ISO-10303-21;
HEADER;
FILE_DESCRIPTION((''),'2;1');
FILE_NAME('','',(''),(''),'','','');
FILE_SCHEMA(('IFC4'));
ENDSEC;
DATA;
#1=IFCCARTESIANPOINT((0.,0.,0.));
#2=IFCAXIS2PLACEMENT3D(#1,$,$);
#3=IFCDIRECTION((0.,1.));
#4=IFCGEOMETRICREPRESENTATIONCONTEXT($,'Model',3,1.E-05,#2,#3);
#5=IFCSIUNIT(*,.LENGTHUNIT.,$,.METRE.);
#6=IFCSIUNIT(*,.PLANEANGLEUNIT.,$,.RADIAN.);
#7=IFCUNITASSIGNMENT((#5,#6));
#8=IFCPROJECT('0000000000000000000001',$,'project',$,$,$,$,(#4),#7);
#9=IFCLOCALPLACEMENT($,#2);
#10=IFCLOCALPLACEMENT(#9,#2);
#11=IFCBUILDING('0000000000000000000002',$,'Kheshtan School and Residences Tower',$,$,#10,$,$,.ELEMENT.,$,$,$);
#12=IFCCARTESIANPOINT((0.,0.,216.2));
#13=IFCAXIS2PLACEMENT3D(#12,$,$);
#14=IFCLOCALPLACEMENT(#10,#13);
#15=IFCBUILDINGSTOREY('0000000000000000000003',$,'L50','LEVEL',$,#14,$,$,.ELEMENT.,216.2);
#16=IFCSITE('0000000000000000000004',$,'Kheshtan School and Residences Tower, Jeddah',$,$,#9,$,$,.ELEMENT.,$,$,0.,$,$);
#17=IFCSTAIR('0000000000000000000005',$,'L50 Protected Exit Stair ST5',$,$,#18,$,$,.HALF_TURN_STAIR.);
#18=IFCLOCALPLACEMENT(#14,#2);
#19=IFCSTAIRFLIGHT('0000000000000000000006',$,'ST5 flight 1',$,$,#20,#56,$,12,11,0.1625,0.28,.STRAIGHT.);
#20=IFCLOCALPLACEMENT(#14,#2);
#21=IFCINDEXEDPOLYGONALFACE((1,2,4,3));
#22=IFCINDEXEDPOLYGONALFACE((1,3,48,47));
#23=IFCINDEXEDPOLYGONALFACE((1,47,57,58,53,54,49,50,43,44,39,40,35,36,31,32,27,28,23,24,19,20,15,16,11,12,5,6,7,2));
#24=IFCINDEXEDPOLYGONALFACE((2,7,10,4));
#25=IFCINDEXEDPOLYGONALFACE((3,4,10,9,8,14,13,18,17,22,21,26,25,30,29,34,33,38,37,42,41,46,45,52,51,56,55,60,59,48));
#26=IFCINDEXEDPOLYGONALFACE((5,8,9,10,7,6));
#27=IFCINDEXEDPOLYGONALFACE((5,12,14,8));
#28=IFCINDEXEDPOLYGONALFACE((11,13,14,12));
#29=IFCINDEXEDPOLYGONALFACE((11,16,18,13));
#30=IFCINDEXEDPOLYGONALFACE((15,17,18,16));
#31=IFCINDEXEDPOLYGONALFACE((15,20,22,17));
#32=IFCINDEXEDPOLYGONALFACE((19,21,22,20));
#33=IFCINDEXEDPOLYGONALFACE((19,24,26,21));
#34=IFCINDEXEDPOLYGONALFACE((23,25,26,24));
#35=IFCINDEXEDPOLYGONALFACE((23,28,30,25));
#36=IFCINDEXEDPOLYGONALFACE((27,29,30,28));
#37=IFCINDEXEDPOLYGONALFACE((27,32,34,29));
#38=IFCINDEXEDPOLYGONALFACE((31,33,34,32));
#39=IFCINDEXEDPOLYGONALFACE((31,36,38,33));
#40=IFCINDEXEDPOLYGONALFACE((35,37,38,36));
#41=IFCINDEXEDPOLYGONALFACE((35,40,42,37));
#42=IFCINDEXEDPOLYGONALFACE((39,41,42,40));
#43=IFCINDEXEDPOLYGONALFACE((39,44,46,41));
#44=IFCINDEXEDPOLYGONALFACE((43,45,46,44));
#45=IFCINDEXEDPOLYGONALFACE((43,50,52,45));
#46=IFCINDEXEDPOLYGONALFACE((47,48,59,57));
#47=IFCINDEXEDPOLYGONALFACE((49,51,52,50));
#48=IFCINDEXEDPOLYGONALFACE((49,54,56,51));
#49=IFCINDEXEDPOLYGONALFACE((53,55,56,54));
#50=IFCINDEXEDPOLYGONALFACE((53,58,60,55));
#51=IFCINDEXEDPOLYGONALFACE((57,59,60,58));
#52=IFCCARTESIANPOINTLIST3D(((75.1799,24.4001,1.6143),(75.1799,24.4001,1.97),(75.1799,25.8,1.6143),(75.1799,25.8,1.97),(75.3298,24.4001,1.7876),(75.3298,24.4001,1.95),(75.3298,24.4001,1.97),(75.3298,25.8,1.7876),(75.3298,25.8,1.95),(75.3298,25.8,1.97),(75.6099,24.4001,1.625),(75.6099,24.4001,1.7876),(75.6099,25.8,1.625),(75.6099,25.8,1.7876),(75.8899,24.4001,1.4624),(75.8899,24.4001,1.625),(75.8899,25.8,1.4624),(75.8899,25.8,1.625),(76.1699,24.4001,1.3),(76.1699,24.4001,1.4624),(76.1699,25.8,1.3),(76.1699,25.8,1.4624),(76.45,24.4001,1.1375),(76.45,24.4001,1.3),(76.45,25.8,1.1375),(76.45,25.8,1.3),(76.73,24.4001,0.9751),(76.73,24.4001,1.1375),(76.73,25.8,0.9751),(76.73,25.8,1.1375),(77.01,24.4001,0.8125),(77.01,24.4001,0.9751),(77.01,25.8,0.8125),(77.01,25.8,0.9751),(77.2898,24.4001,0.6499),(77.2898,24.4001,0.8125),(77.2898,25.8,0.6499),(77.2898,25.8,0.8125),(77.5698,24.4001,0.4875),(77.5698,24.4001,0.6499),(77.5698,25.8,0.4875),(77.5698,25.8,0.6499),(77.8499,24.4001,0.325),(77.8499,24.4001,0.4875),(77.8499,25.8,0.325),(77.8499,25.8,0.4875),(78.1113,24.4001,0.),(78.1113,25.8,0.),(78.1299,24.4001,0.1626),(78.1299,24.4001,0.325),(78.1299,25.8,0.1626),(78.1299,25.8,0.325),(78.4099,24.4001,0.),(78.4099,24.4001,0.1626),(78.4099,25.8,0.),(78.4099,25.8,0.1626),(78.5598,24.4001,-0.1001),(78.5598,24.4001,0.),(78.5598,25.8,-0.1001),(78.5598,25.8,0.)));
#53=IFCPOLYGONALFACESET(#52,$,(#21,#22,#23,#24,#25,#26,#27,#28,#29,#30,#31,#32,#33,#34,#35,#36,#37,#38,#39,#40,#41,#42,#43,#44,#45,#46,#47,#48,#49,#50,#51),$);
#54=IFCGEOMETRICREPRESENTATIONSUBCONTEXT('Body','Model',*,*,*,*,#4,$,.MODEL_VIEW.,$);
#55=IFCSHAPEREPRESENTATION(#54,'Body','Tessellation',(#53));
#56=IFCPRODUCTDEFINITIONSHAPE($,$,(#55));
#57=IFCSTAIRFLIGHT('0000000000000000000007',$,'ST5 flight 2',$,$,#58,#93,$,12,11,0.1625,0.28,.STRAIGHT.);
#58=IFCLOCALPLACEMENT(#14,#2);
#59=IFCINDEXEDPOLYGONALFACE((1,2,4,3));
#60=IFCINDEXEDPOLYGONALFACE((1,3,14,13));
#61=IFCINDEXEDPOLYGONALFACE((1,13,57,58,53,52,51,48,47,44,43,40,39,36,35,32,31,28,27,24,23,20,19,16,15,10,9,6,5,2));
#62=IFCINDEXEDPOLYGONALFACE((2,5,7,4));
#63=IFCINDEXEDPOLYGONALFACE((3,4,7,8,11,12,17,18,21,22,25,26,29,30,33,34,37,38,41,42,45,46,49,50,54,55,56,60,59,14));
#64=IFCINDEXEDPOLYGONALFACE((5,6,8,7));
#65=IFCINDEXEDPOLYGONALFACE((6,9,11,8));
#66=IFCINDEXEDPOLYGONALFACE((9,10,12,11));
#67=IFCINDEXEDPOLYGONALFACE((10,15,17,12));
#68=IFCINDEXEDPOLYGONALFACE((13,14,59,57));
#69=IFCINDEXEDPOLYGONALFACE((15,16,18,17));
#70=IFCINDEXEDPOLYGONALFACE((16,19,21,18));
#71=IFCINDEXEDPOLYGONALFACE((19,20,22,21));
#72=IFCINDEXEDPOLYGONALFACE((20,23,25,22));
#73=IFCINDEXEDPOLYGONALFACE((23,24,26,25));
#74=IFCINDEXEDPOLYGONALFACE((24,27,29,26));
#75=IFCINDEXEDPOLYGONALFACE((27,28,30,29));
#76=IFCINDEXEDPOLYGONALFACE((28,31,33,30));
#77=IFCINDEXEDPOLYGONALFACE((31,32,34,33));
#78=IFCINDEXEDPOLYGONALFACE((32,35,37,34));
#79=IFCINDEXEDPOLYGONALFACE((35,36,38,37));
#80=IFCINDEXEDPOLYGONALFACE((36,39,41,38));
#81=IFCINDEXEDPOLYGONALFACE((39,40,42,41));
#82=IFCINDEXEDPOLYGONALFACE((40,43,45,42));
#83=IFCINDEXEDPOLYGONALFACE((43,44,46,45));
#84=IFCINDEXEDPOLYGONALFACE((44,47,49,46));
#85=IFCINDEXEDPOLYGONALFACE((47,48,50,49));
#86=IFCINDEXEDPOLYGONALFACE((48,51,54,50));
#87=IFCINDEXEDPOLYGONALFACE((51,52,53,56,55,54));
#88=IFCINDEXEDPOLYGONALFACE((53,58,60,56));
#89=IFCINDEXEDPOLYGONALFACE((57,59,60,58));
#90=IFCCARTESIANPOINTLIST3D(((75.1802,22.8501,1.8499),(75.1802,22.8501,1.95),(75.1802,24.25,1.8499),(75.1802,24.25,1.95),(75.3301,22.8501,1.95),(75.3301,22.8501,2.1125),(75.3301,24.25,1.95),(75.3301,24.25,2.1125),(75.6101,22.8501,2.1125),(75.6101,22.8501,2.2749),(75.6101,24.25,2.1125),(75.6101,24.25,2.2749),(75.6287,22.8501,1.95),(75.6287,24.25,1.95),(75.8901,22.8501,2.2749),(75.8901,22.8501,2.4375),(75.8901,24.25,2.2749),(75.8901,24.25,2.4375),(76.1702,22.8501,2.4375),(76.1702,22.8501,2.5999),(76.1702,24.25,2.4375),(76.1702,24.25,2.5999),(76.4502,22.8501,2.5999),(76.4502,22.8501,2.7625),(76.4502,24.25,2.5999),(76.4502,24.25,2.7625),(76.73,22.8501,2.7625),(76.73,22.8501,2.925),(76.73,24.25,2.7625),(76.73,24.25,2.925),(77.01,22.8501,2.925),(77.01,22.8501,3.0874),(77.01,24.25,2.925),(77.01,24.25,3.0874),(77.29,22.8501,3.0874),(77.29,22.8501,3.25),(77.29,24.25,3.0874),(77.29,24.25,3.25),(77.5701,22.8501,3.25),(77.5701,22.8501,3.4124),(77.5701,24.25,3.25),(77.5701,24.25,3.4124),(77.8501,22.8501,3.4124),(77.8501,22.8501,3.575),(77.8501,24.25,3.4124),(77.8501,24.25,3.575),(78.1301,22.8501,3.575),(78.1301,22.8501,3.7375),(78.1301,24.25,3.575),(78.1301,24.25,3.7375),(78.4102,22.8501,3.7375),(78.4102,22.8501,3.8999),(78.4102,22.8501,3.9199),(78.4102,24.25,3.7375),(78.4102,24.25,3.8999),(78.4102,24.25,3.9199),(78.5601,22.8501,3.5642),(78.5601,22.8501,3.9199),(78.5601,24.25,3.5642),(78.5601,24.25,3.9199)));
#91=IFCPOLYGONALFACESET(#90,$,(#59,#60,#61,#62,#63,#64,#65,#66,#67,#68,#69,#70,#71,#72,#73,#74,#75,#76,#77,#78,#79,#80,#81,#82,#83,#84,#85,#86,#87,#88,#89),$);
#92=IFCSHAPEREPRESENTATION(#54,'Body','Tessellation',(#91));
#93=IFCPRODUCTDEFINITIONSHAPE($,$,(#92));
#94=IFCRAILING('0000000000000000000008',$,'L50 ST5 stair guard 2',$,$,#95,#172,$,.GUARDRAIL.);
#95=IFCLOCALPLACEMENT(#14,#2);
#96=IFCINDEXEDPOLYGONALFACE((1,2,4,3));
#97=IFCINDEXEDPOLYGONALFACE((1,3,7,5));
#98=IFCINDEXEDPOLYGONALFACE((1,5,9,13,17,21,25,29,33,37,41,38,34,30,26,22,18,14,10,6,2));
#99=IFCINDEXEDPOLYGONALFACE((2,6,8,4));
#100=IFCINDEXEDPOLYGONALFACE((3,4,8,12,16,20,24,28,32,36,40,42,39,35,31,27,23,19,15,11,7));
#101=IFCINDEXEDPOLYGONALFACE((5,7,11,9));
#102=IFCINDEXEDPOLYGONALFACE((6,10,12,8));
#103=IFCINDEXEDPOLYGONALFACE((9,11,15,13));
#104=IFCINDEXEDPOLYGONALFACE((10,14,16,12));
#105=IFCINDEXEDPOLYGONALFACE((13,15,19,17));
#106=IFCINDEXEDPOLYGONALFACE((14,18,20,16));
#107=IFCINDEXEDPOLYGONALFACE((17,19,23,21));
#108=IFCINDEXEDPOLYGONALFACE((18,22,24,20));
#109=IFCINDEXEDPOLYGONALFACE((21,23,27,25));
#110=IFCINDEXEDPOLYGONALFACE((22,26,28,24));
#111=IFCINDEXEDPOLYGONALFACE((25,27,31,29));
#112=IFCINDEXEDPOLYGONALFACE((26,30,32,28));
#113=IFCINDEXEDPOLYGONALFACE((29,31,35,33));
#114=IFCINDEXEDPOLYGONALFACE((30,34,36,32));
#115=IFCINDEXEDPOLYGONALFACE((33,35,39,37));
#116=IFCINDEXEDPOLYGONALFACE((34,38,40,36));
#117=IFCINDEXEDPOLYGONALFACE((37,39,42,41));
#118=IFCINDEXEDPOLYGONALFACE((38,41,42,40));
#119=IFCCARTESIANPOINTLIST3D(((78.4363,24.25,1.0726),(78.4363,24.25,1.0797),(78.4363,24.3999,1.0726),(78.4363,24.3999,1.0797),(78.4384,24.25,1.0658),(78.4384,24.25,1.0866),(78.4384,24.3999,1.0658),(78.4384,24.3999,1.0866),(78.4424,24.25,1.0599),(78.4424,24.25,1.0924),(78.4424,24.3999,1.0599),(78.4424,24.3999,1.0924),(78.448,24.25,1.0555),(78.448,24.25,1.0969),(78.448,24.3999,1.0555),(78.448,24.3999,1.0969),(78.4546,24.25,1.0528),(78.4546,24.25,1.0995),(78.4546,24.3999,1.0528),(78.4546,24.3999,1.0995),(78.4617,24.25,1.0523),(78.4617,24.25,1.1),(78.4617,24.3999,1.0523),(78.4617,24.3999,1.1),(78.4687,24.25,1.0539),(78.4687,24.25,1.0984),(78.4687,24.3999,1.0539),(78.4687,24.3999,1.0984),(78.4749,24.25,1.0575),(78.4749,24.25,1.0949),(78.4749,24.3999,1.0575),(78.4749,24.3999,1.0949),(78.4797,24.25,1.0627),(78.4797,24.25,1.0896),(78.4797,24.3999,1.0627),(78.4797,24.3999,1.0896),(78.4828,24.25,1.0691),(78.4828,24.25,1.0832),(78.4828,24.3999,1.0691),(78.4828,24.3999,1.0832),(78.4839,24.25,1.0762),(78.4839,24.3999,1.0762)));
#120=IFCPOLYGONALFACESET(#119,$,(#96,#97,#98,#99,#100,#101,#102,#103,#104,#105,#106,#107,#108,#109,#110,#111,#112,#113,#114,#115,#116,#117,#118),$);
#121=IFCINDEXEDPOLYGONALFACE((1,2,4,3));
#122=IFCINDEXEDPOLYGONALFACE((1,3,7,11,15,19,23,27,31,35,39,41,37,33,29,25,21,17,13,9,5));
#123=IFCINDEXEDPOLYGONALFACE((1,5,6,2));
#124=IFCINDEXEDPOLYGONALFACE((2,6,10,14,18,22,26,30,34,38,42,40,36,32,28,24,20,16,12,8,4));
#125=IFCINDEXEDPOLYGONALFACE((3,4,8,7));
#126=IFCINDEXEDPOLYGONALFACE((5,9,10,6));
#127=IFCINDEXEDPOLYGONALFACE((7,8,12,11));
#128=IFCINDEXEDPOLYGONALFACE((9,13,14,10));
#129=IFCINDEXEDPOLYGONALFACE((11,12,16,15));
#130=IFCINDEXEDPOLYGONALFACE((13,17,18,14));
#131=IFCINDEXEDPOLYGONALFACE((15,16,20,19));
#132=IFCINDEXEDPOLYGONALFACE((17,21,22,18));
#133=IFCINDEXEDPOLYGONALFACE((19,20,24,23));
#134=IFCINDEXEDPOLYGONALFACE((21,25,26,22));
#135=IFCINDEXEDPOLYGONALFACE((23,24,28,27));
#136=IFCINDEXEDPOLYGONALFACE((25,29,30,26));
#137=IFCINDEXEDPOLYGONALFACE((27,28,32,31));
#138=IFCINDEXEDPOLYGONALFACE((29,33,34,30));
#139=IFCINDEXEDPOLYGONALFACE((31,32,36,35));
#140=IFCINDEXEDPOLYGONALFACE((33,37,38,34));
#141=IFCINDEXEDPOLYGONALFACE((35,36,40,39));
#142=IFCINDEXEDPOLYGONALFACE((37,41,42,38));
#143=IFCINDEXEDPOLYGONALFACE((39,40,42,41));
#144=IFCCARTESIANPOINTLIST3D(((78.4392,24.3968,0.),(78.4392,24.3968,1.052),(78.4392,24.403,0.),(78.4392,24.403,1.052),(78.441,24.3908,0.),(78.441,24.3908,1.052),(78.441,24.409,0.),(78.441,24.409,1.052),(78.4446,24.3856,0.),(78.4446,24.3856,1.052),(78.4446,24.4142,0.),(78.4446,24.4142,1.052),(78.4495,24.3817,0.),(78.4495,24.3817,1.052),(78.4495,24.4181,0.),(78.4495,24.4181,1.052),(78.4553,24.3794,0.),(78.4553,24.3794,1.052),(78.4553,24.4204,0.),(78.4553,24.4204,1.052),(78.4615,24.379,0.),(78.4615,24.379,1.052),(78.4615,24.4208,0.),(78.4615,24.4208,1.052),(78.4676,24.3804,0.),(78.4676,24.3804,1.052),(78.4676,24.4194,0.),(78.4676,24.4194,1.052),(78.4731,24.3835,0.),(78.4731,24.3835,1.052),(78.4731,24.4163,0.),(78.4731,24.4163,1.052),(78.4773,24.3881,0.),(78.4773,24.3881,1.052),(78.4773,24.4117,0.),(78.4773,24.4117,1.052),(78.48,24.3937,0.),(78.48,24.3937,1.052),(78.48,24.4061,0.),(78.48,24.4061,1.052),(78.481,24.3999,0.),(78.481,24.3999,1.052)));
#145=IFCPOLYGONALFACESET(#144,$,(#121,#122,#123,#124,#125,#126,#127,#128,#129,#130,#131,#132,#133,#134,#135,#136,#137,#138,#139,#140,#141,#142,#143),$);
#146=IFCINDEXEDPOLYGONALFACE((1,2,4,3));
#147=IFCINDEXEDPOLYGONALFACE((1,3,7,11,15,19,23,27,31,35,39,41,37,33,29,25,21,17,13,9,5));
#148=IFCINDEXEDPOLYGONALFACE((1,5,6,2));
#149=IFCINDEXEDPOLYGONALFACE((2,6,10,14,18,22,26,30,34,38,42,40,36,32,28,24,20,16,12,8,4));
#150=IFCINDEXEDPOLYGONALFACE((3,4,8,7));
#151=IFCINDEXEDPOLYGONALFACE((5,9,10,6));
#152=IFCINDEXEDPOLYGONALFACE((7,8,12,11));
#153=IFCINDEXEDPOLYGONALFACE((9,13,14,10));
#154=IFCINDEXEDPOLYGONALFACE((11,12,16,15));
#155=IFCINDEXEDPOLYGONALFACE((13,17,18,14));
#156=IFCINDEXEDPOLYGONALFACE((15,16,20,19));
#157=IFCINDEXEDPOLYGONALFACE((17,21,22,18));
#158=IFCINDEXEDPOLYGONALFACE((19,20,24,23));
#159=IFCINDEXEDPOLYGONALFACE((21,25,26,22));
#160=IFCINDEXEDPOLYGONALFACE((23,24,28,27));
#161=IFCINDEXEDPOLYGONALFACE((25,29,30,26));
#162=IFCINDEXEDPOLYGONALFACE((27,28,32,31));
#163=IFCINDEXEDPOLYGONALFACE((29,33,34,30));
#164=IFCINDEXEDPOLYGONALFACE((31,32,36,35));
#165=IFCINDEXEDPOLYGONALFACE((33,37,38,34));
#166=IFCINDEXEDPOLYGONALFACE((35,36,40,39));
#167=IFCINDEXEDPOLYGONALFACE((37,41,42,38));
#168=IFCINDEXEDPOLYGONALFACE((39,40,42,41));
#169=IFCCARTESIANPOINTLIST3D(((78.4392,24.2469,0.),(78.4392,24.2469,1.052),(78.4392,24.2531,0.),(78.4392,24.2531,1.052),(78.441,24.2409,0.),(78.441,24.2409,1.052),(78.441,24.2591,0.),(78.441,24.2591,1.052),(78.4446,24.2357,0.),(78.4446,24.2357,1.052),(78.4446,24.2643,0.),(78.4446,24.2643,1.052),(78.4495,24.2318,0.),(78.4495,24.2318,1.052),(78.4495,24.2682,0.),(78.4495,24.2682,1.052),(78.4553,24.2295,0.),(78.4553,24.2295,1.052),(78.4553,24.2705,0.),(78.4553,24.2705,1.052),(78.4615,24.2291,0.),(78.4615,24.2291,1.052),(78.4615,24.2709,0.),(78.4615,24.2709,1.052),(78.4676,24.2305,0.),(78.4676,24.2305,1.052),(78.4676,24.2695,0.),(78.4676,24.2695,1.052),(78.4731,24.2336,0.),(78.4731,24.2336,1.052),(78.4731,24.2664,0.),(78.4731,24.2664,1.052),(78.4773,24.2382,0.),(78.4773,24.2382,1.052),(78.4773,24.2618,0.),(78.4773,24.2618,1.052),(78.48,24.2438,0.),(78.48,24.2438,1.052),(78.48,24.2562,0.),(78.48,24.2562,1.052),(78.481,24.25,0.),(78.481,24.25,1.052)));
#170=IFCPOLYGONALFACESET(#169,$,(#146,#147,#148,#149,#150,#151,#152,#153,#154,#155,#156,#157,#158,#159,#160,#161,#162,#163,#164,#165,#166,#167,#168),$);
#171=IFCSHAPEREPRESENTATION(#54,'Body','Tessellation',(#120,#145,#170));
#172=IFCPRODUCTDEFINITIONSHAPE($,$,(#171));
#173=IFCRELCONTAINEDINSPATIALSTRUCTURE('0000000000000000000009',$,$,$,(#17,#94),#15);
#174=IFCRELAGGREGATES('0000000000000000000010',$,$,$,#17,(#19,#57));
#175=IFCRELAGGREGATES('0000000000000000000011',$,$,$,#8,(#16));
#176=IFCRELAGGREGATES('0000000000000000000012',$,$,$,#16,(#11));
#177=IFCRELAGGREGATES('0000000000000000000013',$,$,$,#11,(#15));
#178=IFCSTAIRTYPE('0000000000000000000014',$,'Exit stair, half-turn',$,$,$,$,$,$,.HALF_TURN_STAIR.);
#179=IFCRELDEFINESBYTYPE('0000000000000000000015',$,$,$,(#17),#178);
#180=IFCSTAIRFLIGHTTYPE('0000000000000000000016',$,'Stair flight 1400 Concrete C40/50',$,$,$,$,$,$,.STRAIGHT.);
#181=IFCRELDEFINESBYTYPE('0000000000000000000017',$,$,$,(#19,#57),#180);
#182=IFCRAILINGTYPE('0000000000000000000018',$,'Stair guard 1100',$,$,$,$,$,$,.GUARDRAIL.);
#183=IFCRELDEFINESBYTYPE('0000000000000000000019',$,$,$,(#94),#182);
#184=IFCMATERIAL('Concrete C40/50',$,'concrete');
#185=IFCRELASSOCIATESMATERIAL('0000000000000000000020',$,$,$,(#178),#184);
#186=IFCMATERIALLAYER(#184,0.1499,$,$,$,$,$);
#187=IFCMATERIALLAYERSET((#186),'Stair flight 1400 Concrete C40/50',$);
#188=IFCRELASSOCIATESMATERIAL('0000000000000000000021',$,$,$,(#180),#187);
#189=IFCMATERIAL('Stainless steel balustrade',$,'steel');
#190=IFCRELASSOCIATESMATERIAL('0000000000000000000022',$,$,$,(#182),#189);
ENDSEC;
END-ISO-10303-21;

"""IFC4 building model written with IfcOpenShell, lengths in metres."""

from ifc_helpers import new_model, si_unit, direction, frame, origin, origin_2d, place, context, subcontext, project, spatial, polyline, circle, outline, extrude, material, layer, layer_set, type_object, element, aggregate, save


model = new_model("IFC4")

# Units and contexts
model_context = context("Model", 3, precision=1e-05, world=origin(), true_north=direction((0.0, 1.0)))
body_context = subcontext(model_context, "Body", "Model", "MODEL_VIEW")
ifc_project = project(units=[si_unit("LENGTHUNIT", "METRE"), si_unit("PLANEANGLEUNIT", "RADIAN")], contexts=[model_context])

# Site, building, storey
site_placement = place(None, origin())
site = spatial("IfcSite", under=ifc_project, at=site_placement, Name="Kheshtan School and Residences Tower, Jeddah", CompositionType="ELEMENT", RefElevation=0.0)
building_placement = place(site_placement, origin())
building = spatial("IfcBuilding", under=site, at=building_placement, Name="Kheshtan School and Residences Tower", CompositionType="ELEMENT")
storey_placement = place(building_placement, frame((0.0, 0.0, 216.2)))
storey = spatial("IfcBuildingStorey", under=building, at=storey_placement, Name="L50", Description="LEVEL", CompositionType="ELEMENT", Elevation=216.2)

# Shared definitions
ifc_material_1 = material(Name="Concrete C40/50", Category="concrete")

# Stair, stair flights
stair_type = type_object("IfcStairType", Name="Exit stair, half-turn", PredefinedType="HALF_TURN_STAIR", material=ifc_material_1)
stair_placement = place(storey_placement, origin())
stair = element("IfcStair", 1, at=stair_placement, inside=storey, type_object=stair_type, Name="L50 Protected Exit Stair ST5", PredefinedType="HALF_TURN_STAIR")
ifc_layer_1 = layer(ifc_material_1, 0.1499)
ifc_layer_set_1 = layer_set([ifc_layer_1], Name="Stair flight 1400 Concrete C40/50")
stair_flight_type = type_object("IfcStairFlightType", Name="Stair flight 1400 Concrete C40/50", PredefinedType="STRAIGHT", material=ifc_layer_set_1)
stair_flight_1_placement = place(storey_placement, frame((78.4099, 25.1001, 0.0), z_axis=(0.0, 0.0, 1.0), x_axis=(-1.0, 0.0, 0.0)))
stair_flight_1 = element("IfcStairFlight", 2, at=stair_flight_1_placement, type_object=stair_flight_type, Name="ST5 flight 1", NumberOfRisers=12, NumberOfTreads=11, PredefinedType="STRAIGHT", RiserHeight=0.1625, TreadLength=0.28, context=body_context, shape_type="SweptSolid", body=[
    extrude(outline(polyline([(-0.1499, -0.1001), (-0.1499, 0.0), (0.0, 0.0), (0.0, 0.1626), (0.28, 0.1626), (0.28, 0.325), (0.5601, 0.325), (0.5601, 0.4875), (0.8401, 0.4875), (0.8401, 0.6499), (1.1201, 0.6499), (1.1201, 0.8125), (1.3999, 0.8125), (1.3999, 0.9751), (1.6799, 0.9751), (1.6799, 1.1375), (1.96, 1.1375), (1.96, 1.3), (2.24, 1.3), (2.24, 1.4624), (2.52, 1.4624), (2.52, 1.625), (2.8, 1.625), (2.8, 1.7876), (3.0801, 1.7876), (3.0801, 1.95), (3.0801, 1.97), (3.23, 1.97), (3.23, 1.6143), (0.2986, 0.0), (-0.1499, -0.1001)])), frame((0.0, 0.7, 0.0), z_axis=(0.0, -1.0, 0.0), x_axis=(1.0, 0.0, 0.0)), (0.0, 0.0, 1.0), 1.3999),
])
stair_flight_2_placement = place(storey_placement, frame((75.3301, 23.55, 1.95), z_axis=(0.0, 0.0, 1.0), x_axis=(1.0, 0.0, 0.0)))
stair_flight_2 = element("IfcStairFlight", 3, at=stair_flight_2_placement, type_object=stair_flight_type, Name="ST5 flight 2", NumberOfRisers=12, NumberOfTreads=11, PredefinedType="STRAIGHT", RiserHeight=0.1625, TreadLength=0.28, context=body_context, shape_type="SweptSolid", body=[
    extrude(outline(polyline([(-0.1499, -0.1001), (-0.1499, 0.0), (0.0, 0.0), (0.0, 0.1626), (0.28, 0.1626), (0.28, 0.325), (0.5601, 0.325), (0.5601, 0.4875), (0.8401, 0.4875), (0.8401, 0.6499), (1.1201, 0.6499), (1.1201, 0.8125), (1.3999, 0.8125), (1.3999, 0.9751), (1.6799, 0.9751), (1.6799, 1.1375), (1.96, 1.1375), (1.96, 1.3), (2.24, 1.3), (2.24, 1.4624), (2.52, 1.4624), (2.52, 1.625), (2.8, 1.625), (2.8, 1.7876), (3.0801, 1.7876), (3.0801, 1.95), (3.0801, 1.97), (3.23, 1.97), (3.23, 1.6143), (0.2986, 0.0), (-0.1499, -0.1001)])), frame((0.0, 0.7, 0.0), z_axis=(0.0, -1.0, 0.0), x_axis=(1.0, 0.0, 0.0)), (0.0, 0.0, 1.0), 1.3999),
])
aggregate(stair, [stair_flight_1, stair_flight_2])

# Railing
ifc_material_2 = material(Name="Stainless steel balustrade", Category="steel")
railing_type_1 = type_object("IfcRailingType", Name="Stair guard 1100", PredefinedType="GUARDRAIL", material=ifc_material_2)
railing_1_placement = place(storey_placement, frame((78.46, 24.3999, 0.0)))
element("IfcRailing", 4, at=railing_1_placement, inside=storey, type_object=railing_type_1, Name="L50 ST5 stair guard 2", PredefinedType="GUARDRAIL", context=body_context, shape_type="SweptSolid", body=[
    extrude(circle(Radius=0.0239, at=origin_2d()), frame((0.0, 0.0, 1.0762), z_axis=(0.0, -1.0, 0.0), x_axis=(1.0, 0.0, 0.0)), (0.0, 0.0, 1.0), 0.1499),
    extrude(circle(Radius=0.021, at=origin_2d()), origin(), (0.0, 0.0, 1.0), 1.052),
    extrude(circle(Radius=0.021, at=origin_2d()), frame((0.0, -0.1499, 0.0)), (0.0, 0.0, 1.0), 1.052),
])

save(model, "model.ifc")
